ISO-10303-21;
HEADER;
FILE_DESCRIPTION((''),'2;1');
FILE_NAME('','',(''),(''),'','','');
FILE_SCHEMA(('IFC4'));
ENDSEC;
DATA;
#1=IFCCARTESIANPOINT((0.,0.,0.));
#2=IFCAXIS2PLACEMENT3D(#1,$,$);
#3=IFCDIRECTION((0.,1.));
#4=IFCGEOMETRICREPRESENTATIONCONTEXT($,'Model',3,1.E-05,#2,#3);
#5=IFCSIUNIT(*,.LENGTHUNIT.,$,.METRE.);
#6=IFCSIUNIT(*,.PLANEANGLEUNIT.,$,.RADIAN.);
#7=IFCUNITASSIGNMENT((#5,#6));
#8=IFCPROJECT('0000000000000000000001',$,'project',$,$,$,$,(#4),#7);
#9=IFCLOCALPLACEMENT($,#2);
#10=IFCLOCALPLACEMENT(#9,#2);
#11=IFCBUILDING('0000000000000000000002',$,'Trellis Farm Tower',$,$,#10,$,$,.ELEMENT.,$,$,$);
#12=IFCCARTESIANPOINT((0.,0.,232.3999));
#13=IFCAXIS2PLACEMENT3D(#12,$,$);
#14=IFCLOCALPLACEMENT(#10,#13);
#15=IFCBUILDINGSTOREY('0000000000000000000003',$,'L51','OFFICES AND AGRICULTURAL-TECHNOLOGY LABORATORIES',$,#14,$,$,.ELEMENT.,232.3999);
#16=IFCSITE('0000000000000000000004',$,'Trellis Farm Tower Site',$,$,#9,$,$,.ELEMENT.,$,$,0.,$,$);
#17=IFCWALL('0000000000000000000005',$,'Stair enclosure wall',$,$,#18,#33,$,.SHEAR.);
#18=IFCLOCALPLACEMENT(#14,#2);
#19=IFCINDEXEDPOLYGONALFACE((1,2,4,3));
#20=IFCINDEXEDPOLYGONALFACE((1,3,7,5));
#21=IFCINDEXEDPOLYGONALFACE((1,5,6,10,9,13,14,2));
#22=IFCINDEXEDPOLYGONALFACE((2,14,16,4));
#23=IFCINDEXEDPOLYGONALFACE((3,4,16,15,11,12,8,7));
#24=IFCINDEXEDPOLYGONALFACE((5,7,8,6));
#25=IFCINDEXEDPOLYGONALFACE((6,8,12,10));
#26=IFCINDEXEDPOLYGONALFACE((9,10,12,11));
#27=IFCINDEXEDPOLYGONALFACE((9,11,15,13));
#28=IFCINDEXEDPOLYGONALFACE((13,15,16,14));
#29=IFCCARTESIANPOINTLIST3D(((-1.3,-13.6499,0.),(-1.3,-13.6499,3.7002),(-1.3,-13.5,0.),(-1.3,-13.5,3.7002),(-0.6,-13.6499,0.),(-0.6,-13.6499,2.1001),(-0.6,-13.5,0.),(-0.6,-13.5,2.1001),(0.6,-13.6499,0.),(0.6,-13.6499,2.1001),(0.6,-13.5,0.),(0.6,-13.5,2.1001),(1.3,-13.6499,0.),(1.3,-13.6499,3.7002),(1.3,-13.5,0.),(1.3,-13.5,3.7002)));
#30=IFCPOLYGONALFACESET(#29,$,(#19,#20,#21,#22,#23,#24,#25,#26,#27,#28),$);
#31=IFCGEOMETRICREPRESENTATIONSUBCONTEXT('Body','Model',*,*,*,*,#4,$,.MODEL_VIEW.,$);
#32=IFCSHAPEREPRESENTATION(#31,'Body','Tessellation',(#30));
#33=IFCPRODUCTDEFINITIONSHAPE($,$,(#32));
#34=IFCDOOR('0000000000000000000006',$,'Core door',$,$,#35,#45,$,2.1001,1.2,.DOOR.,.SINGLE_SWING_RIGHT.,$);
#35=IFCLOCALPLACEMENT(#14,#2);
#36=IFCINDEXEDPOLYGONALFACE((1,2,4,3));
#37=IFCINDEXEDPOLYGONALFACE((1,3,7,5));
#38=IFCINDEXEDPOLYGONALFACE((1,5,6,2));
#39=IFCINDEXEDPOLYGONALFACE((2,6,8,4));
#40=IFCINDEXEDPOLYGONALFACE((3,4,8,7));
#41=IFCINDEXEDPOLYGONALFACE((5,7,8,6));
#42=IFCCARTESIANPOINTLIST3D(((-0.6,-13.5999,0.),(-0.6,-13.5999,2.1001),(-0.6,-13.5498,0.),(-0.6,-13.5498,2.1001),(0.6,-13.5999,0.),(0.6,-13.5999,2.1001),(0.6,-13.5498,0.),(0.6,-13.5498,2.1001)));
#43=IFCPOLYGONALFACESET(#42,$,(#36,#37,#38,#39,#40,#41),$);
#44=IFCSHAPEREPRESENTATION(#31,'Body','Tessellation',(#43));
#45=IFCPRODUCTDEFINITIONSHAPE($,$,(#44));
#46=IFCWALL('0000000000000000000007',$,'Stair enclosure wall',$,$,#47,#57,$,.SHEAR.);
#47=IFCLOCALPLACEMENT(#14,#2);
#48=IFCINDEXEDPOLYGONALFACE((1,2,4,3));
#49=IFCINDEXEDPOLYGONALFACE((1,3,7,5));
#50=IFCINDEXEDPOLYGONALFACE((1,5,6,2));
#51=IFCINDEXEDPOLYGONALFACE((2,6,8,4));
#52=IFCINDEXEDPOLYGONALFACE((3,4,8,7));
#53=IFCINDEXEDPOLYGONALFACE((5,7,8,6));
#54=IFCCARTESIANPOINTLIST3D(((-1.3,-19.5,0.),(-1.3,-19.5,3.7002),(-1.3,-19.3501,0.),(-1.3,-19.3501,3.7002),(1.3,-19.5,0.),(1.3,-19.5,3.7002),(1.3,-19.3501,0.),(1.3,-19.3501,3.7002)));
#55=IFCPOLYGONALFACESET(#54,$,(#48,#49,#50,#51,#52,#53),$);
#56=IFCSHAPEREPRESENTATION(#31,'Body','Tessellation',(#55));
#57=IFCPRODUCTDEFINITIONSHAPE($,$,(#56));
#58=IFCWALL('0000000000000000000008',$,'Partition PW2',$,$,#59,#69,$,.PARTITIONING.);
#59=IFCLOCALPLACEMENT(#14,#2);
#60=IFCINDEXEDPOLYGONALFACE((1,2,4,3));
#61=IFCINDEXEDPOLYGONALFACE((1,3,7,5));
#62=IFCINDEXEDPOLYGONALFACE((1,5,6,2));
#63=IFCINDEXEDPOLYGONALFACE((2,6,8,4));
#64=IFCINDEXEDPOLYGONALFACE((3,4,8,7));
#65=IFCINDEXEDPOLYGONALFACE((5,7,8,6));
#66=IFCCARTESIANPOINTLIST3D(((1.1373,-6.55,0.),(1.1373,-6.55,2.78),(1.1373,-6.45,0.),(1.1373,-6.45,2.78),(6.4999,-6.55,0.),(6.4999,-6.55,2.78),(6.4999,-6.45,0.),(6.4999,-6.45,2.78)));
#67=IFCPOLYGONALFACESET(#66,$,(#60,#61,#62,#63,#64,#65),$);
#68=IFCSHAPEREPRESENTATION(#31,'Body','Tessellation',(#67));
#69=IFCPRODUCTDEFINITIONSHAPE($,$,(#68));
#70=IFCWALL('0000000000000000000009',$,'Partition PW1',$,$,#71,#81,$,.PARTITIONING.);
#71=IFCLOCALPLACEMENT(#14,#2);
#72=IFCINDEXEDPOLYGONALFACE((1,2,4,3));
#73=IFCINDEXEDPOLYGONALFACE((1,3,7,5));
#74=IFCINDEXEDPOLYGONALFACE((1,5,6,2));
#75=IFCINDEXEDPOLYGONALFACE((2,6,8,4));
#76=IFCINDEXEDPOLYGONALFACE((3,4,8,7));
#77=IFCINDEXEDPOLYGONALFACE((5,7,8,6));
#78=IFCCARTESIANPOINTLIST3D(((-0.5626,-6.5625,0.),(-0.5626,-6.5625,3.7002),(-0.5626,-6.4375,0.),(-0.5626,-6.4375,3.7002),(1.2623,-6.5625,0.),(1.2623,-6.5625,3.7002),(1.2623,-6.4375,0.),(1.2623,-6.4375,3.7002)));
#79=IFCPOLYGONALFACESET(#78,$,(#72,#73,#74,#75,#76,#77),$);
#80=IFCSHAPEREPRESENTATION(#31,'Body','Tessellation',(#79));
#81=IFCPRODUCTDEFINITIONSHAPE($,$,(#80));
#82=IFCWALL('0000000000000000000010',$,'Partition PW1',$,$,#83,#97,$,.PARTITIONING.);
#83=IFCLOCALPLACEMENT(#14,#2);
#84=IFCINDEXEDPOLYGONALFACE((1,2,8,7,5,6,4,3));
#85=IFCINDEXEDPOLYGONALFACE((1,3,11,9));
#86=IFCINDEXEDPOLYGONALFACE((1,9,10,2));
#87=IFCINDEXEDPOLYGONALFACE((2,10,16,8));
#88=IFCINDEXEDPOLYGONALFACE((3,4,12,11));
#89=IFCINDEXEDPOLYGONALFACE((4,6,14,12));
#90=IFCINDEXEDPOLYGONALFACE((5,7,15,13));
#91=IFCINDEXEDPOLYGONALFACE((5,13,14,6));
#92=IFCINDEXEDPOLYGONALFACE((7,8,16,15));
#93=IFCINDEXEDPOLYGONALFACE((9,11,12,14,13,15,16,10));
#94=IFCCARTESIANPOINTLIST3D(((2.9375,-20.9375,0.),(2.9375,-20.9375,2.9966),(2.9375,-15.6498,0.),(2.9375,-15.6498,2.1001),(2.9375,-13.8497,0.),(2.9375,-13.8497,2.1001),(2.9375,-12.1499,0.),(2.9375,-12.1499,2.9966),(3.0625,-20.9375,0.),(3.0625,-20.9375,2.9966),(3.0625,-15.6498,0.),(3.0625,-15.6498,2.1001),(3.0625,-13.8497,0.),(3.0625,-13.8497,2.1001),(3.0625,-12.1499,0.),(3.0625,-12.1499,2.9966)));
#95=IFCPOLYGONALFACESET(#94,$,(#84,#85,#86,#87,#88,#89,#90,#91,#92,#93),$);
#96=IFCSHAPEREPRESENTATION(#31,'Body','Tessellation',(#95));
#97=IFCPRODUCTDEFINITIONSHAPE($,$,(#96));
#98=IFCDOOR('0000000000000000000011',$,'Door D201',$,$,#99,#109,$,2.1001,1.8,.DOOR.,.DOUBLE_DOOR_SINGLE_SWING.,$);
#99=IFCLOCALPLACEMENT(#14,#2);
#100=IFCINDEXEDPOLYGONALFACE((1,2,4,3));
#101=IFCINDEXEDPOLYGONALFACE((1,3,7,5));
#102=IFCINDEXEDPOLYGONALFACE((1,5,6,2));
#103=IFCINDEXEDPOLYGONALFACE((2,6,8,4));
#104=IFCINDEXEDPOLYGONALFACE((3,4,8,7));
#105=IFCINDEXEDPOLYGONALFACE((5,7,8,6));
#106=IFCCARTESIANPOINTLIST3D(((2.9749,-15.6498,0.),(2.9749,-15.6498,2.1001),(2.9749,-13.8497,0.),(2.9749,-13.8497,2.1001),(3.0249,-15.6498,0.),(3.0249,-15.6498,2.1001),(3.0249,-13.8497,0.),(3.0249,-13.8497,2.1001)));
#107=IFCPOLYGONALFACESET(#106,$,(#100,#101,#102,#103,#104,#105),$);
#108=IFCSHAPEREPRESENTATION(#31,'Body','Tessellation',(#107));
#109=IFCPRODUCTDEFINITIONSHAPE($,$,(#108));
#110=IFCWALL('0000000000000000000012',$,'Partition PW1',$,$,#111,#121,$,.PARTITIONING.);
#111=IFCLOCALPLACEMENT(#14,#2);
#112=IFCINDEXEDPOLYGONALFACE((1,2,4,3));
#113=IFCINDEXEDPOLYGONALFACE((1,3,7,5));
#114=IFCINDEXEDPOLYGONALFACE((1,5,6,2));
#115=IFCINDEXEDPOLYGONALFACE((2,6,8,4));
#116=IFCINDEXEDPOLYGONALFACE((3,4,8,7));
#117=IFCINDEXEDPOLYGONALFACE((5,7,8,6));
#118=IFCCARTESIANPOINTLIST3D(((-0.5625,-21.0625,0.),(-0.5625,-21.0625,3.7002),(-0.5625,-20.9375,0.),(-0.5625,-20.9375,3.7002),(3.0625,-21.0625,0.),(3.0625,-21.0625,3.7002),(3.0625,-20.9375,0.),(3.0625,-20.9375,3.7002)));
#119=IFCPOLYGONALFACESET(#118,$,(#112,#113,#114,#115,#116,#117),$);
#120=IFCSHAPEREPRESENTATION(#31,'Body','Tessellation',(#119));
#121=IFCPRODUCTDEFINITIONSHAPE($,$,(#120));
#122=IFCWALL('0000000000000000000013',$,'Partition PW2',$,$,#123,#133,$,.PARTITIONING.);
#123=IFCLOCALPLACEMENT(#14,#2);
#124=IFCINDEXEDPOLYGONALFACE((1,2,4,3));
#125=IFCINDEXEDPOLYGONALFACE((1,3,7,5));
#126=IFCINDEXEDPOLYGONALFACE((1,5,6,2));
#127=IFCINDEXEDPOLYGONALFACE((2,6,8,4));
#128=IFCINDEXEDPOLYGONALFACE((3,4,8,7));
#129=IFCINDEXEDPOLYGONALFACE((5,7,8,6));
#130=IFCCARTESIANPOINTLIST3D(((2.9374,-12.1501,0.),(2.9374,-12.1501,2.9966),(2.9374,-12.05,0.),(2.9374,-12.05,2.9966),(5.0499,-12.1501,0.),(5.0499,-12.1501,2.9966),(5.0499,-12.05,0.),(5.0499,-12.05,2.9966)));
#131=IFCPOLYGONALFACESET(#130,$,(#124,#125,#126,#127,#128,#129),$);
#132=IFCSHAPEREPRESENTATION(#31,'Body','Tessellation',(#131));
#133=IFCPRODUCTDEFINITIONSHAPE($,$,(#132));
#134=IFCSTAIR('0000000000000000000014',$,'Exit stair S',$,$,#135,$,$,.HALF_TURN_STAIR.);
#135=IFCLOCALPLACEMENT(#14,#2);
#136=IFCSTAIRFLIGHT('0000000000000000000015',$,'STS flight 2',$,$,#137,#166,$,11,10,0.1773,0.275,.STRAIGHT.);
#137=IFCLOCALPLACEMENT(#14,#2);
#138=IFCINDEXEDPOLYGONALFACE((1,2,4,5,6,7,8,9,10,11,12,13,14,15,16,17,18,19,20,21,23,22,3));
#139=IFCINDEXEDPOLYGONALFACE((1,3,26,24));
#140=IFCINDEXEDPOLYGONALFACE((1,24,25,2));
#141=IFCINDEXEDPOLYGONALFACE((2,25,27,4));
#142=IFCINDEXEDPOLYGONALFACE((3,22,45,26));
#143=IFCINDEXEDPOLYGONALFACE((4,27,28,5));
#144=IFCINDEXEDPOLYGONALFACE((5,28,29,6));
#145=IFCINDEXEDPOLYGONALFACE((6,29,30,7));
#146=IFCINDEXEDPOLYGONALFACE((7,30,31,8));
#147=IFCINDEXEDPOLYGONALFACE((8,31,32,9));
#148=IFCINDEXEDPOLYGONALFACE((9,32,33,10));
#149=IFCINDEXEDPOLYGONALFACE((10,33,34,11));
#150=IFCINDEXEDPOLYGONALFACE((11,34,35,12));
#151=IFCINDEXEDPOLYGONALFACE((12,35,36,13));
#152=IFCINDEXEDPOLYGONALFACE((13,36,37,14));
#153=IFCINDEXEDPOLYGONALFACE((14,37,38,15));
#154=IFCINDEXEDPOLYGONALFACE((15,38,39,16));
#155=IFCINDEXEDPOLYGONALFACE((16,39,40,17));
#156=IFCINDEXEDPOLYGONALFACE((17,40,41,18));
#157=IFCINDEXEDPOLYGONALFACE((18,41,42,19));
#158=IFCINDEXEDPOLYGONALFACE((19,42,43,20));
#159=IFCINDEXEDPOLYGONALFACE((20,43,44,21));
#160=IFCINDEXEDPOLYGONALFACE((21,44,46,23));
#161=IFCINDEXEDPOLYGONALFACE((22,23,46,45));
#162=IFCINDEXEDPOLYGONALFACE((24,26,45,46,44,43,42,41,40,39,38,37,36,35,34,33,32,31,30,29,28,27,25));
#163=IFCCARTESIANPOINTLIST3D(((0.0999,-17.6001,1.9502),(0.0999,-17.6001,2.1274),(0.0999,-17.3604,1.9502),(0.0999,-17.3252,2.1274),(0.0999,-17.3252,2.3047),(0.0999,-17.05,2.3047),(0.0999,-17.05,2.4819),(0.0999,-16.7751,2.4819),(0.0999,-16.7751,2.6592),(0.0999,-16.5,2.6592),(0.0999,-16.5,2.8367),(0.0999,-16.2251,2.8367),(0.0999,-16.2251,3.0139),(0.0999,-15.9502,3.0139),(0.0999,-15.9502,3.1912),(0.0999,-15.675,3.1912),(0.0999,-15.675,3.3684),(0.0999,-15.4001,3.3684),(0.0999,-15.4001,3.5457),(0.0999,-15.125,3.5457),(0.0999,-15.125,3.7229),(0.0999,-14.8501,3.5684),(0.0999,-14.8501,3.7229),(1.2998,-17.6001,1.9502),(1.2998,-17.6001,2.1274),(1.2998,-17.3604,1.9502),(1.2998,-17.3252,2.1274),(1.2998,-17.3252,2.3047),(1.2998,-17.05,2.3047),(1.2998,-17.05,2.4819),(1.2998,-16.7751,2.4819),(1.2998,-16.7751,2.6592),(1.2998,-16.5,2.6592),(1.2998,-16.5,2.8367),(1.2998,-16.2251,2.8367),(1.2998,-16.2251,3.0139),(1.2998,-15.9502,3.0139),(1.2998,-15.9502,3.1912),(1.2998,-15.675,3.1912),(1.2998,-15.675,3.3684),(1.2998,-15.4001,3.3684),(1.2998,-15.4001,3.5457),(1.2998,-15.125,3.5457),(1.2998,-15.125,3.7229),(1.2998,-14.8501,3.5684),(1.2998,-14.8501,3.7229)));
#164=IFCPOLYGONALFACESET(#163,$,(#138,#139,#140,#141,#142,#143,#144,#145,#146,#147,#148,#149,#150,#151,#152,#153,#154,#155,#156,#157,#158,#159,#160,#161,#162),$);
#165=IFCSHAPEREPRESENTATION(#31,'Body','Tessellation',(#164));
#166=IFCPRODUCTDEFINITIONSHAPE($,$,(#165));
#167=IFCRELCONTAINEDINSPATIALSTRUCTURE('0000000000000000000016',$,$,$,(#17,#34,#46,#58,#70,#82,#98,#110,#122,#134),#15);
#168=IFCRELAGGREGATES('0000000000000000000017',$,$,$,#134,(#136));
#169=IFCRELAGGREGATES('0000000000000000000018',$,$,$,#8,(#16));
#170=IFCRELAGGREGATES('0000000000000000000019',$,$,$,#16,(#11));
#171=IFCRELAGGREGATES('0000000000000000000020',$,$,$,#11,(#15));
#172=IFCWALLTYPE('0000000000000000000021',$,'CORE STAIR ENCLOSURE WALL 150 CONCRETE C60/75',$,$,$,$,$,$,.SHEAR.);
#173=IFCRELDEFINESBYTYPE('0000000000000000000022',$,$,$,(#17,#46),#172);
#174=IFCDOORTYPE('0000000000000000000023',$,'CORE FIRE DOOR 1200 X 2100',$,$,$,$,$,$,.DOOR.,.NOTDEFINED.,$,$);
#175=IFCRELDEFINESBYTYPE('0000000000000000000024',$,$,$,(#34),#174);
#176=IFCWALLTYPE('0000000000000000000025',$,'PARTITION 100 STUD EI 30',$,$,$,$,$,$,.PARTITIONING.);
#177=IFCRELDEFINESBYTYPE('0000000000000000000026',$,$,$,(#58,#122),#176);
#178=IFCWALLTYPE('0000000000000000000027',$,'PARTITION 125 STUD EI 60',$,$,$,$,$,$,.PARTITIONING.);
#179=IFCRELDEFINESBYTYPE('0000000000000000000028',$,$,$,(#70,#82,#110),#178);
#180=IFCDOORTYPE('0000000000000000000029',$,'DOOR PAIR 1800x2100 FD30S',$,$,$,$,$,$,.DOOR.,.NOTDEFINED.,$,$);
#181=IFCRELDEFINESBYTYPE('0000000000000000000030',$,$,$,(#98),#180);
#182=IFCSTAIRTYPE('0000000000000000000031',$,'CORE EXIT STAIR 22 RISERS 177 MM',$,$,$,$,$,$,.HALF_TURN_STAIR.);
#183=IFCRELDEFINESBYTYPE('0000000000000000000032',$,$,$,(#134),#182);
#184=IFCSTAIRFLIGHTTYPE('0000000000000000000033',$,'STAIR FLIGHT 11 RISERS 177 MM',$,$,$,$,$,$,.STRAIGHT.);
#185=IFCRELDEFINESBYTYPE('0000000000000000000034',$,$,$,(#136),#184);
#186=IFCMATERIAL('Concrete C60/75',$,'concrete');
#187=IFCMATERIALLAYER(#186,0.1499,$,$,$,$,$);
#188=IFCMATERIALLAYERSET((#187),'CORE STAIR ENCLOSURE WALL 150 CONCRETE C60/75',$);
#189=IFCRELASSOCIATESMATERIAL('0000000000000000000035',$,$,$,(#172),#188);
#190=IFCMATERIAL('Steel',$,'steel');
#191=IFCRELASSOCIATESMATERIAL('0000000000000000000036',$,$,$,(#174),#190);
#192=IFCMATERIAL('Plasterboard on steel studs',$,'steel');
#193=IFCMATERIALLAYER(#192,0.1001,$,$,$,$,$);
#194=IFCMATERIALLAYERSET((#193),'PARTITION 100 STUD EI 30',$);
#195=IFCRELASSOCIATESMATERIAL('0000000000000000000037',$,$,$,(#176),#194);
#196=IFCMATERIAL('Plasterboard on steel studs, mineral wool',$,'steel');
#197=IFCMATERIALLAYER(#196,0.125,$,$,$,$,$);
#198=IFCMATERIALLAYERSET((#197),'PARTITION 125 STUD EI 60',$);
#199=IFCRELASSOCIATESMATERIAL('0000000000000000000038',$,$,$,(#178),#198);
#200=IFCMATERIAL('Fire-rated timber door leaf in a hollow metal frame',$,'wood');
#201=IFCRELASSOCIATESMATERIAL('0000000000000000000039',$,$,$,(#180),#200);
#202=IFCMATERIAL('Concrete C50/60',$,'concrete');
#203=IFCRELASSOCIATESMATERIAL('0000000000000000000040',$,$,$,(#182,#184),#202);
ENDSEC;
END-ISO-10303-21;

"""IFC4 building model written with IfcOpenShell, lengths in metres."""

from ifc_helpers import new_model, si_unit, direction, frame, frame_2d, origin, place, context, subcontext, project, spatial, polyline, rectangle, outline, extrude, source, transform, mapped, material, layer, layer_set, type_object, element, fill, aggregate, save


model = new_model("IFC4")

# Units and contexts
model_context = context("Model", 3, precision=1e-05, world=origin(), true_north=direction((0.0, 1.0)))
body_context = subcontext(model_context, "Body", "Model", "MODEL_VIEW")
ifc_project = project(units=[si_unit("LENGTHUNIT", "METRE"), si_unit("PLANEANGLEUNIT", "RADIAN")], contexts=[model_context])

# Site, building, storey
site_placement = place(None, origin())
site = spatial("IfcSite", under=ifc_project, at=site_placement, Name="Trellis Farm Tower Site", CompositionType="ELEMENT", RefElevation=0.0)
building_placement = place(site_placement, origin())
building = spatial("IfcBuilding", under=site, at=building_placement, Name="Trellis Farm Tower", CompositionType="ELEMENT")
storey_placement = place(building_placement, frame((0.0, 0.0, 232.3999)))
storey = spatial("IfcBuildingStorey", under=building, at=storey_placement, Name="L51", Description="OFFICES AND AGRICULTURAL-TECHNOLOGY LABORATORIES", CompositionType="ELEMENT", Elevation=232.3999)

# Shared definitions
ifc_material_1 = material(Name="Concrete C60/75", Category="concrete")

# Shared definitions
placement = place(storey_placement, origin())

# Wall, opening, door
ifc_layer_1 = layer(ifc_material_1, 0.1499)
ifc_layer_set_1 = layer_set([ifc_layer_1], Name="CORE STAIR ENCLOSURE WALL 150 CONCRETE C60/75")
wall_type_1 = type_object("IfcWallType", Name="CORE STAIR ENCLOSURE WALL 150 CONCRETE C60/75", PredefinedType="SHEAR", material=ifc_layer_set_1)
shared_shape_1 = source(origin(), body_context, "Body", "SweptSolid", [
    extrude(rectangle(XDim=2.6001, YDim=0.1499, at=frame_2d((1.3, 0.0))), origin(), (0.0, 0.0, 1.0), 3.7002),
])
wall_1_placement = place(storey_placement, frame((1.3, -13.575, 0.0), z_axis=(0.0, 0.0, 1.0), x_axis=(-1.0, 0.0, 0.0)))
wall_1 = element("IfcWall", 1, at=wall_1_placement, inside=storey, type_object=wall_type_1, Name="Stair enclosure wall", PredefinedType="SHEAR", context=body_context, shape_type="MappedRepresentation", body=[
    mapped(shared_shape_1, transform((0.0, 0.0, 0.0))),
])
shared_shape_2 = source(origin(), body_context, "Body", "SweptSolid", [
    extrude(rectangle(XDim=1.2, YDim=2.1001, at=frame_2d((0.6001, 1.05))), frame((0.0, 0.085, 0.0), z_axis=(0.0, -1.0, 0.0), x_axis=(1.0, 0.0, 0.0)), (0.0, 0.0, 1.0), 0.1699),
])
opening_1_placement = place(wall_1_placement, frame((0.7, 0.0, 0.0)))
opening_1 = element("IfcOpeningElement", 2, at=opening_1_placement, cuts=wall_1, PredefinedType="OPENING", context=body_context, shape_type="MappedRepresentation", body=[
    mapped(shared_shape_2, transform((0.0, 0.0, 0.0))),
])
ifc_material_2 = material(Name="Steel", Category="steel")
door_type_1 = type_object("IfcDoorType", Name="CORE FIRE DOOR 1200 X 2100", OperationType="NOTDEFINED", PredefinedType="DOOR", material=ifc_material_2)
shared_shape_3 = source(origin(), body_context, "Body", "SweptSolid", [
    extrude(rectangle(XDim=1.2, YDim=2.1001, at=frame_2d((0.6001, 1.05))), frame((0.0, 0.0249, 0.0), z_axis=(0.0, -1.0, 0.0), x_axis=(1.0, 0.0, 0.0)), (0.0, 0.0, 1.0), 0.05),
])
door_1_placement = place(opening_1_placement, origin())
door_1 = element("IfcDoor", 3, at=door_1_placement, inside=storey, type_object=door_type_1, Name="Core door", OperationType="SINGLE_SWING_RIGHT", OverallHeight=2.1001, OverallWidth=1.2, PredefinedType="DOOR", context=body_context, shape_type="MappedRepresentation", body=[
    mapped(shared_shape_3, transform((0.0, 0.0, 0.0))),
])
fill(opening_1, door_1)

# Walls
wall_2_placement = place(storey_placement, frame((1.3, -19.425, 0.0), z_axis=(0.0, 0.0, 1.0), x_axis=(-1.0, 0.0, 0.0)))
element("IfcWall", 4, at=wall_2_placement, inside=storey, type_object=wall_type_1, Name="Stair enclosure wall", PredefinedType="SHEAR", context=body_context, shape_type="MappedRepresentation", body=[
    mapped(shared_shape_1, transform((0.0, 0.0, 0.0))),
])
ifc_material_3 = material(Name="Plasterboard on steel studs", Category="steel")
ifc_layer_2 = layer(ifc_material_3, 0.1001)
ifc_layer_set_2 = layer_set([ifc_layer_2], Name="PARTITION 100 STUD EI 30")
wall_type_2 = type_object("IfcWallType", Name="PARTITION 100 STUD EI 30", PredefinedType="PARTITIONING", material=ifc_layer_set_2)
shared_shape_4 = source(origin(), body_context, "Body", "SweptSolid", [
    extrude(rectangle(XDim=5.3625, YDim=0.1001, at=frame_2d((2.6812, 0.0))), origin(), (0.0, 0.0, 1.0), 2.78),
])
wall_3_placement = place(storey_placement, frame((1.1375, -6.5, 0.0), z_axis=(0.0, 0.0, 1.0), x_axis=(1.0, 0.0, 0.0)))
element("IfcWall", 5, at=wall_3_placement, inside=storey, type_object=wall_type_2, Name="Partition PW2", PredefinedType="PARTITIONING", context=body_context, shape_type="MappedRepresentation", body=[
    mapped(shared_shape_4, transform((0.0, 0.0, 0.0))),
])
ifc_material_4 = material(Name="Plasterboard on steel studs, mineral wool", Category="steel")
ifc_layer_3 = layer(ifc_material_4, 0.125)
ifc_layer_set_3 = layer_set([ifc_layer_3], Name="PARTITION 125 STUD EI 60")
wall_type_3 = type_object("IfcWallType", Name="PARTITION 125 STUD EI 60", PredefinedType="PARTITIONING", material=ifc_layer_set_3)
shared_shape_5 = source(origin(), body_context, "Body", "SweptSolid", [
    extrude(rectangle(XDim=1.825, YDim=0.125, at=frame_2d((0.9126, 0.0))), origin(), (0.0, 0.0, 1.0), 3.7002),
])
wall_4_placement = place(storey_placement, frame((1.2625, -6.5, 0.0), z_axis=(0.0, 0.0, 1.0), x_axis=(-1.0, 0.0, 0.0)))
element("IfcWall", 6, at=wall_4_placement, inside=storey, type_object=wall_type_3, Name="Partition PW1", PredefinedType="PARTITIONING", context=body_context, shape_type="MappedRepresentation", body=[
    mapped(shared_shape_5, transform((0.0, 0.0, 0.0))),
])

# Wall, opening, door
shared_shape_6 = source(origin(), body_context, "Body", "SweptSolid", [
    extrude(rectangle(XDim=8.7876, YDim=0.125, at=frame_2d((4.3938, 0.0))), origin(), (0.0, 0.0, 1.0), 2.9966),
])
wall_5_placement = place(storey_placement, frame((3.0, -12.1499, 0.0), z_axis=(0.0, 0.0, 1.0), x_axis=(0.0, -1.0, 0.0)))
wall_5 = element("IfcWall", 7, at=wall_5_placement, inside=storey, type_object=wall_type_3, Name="Partition PW1", PredefinedType="PARTITIONING", context=body_context, shape_type="MappedRepresentation", body=[
    mapped(shared_shape_6, transform((0.0, 0.0, 0.0))),
])
shared_shape_7 = source(origin(), body_context, "Body", "SweptSolid", [
    extrude(rectangle(XDim=1.8, YDim=2.1001, at=frame_2d((0.8999, 1.05))), frame((0.0, 0.0725, 0.0), z_axis=(0.0, -1.0, 0.0), x_axis=(1.0, 0.0, 0.0)), (0.0, 0.0, 1.0), 0.145),
])
opening_2_placement = place(wall_5_placement, frame((1.7, 0.0, 0.0)))
opening_2 = element("IfcOpeningElement", 8, at=opening_2_placement, cuts=wall_5, PredefinedType="OPENING", context=body_context, shape_type="MappedRepresentation", body=[
    mapped(shared_shape_7, transform((0.0, 0.0, 0.0))),
])
ifc_material_5 = material(Name="Fire-rated timber door leaf in a hollow metal frame", Category="wood")
door_type_2 = type_object("IfcDoorType", Name="DOOR PAIR 1800x2100 FD30S", OperationType="NOTDEFINED", PredefinedType="DOOR", material=ifc_material_5)
shared_shape_8 = source(origin(), body_context, "Body", "SweptSolid", [
    extrude(rectangle(XDim=1.8, YDim=2.1001, at=frame_2d((0.8999, 1.05))), frame((0.0, 0.0249, 0.0), z_axis=(0.0, -1.0, 0.0), x_axis=(1.0, 0.0, 0.0)), (0.0, 0.0, 1.0), 0.05),
])
door_2_placement = place(opening_2_placement, origin())
door_2 = element("IfcDoor", 9, at=door_2_placement, inside=storey, type_object=door_type_2, Name="Door D201", OperationType="DOUBLE_DOOR_SINGLE_SWING", OverallHeight=2.1001, OverallWidth=1.8, PredefinedType="DOOR", context=body_context, shape_type="MappedRepresentation", body=[
    mapped(shared_shape_8, transform((0.0, 0.0, 0.0))),
])
fill(opening_2, door_2)

# Walls
shared_shape_9 = source(origin(), body_context, "Body", "SweptSolid", [
    extrude(rectangle(XDim=3.625, YDim=0.125, at=frame_2d((1.8125, 0.0))), origin(), (0.0, 0.0, 1.0), 3.7002),
])
wall_6_placement = place(storey_placement, frame((3.0625, -21.0, 0.0), z_axis=(0.0, 0.0, 1.0), x_axis=(-1.0, 0.0, 0.0)))
element("IfcWall", 10, at=wall_6_placement, inside=storey, type_object=wall_type_3, Name="Partition PW1", PredefinedType="PARTITIONING", context=body_context, shape_type="MappedRepresentation", body=[
    mapped(shared_shape_9, transform((0.0, 0.0, 0.0))),
])
shared_shape_10 = source(origin(), body_context, "Body", "SweptSolid", [
    extrude(rectangle(XDim=2.1125, YDim=0.1001, at=frame_2d((1.0562, 0.0))), origin(), (0.0, 0.0, 1.0), 2.9966),
])
wall_7_placement = place(storey_placement, frame((2.9375, -12.1001, 0.0), z_axis=(0.0, 0.0, 1.0), x_axis=(1.0, 0.0, 0.0)))
element("IfcWall", 11, at=wall_7_placement, inside=storey, type_object=wall_type_2, Name="Partition PW2", PredefinedType="PARTITIONING", context=body_context, shape_type="MappedRepresentation", body=[
    mapped(shared_shape_10, transform((0.0, 0.0, 0.0))),
])

# Stair, stair flight
ifc_material_6 = material(Name="Concrete C50/60", Category="concrete")
stair_type = type_object("IfcStairType", Name="CORE EXIT STAIR 22 RISERS 177 MM", PredefinedType="HALF_TURN_STAIR", material=ifc_material_6)
stair = element("IfcStair", 12, at=placement, inside=storey, type_object=stair_type, Name="Exit stair S", PredefinedType="HALF_TURN_STAIR")
stair_flight_type = type_object("IfcStairFlightType", Name="STAIR FLIGHT 11 RISERS 177 MM", PredefinedType="STRAIGHT", material=ifc_material_6)
shared_shape_11 = source(origin(), body_context, "Body", "SweptSolid", [
    extrude(outline(polyline([(0.0, 0.0), (0.0, 0.1772), (0.2749, 0.1772), (0.2749, 0.3545), (0.55, 0.3545), (0.55, 0.5317), (0.825, 0.5317), (0.825, 0.709), (1.1001, 0.709), (1.1001, 0.8865), (1.375, 0.8865), (1.375, 1.0637), (1.6499, 1.0637), (1.6499, 1.241), (1.925, 1.241), (1.925, 1.4182), (2.2, 1.4182), (2.2, 1.5955), (2.4751, 1.5955), (2.4751, 1.7727), (2.75, 1.7727), (2.75, 1.95), (2.75, 1.6182), (0.2397, 0.0), (0.0, 0.0)])), frame((0.0, 0.6001, 0.0), z_axis=(0.0, -1.0, 0.0), x_axis=(1.0, 0.0, 0.0)), (0.0, 0.0, 1.0), 1.2),
])
stair_flight_placement = place(storey_placement, frame((0.7, -17.6001, 1.9502), z_axis=(0.0, 0.0, 1.0), x_axis=(0.0, 1.0, 0.0)))
stair_flight = element("IfcStairFlight", 13, at=stair_flight_placement, type_object=stair_flight_type, Name="STS flight 2", NumberOfRisers=11, NumberOfTreads=10, PredefinedType="STRAIGHT", RiserHeight=0.1773, TreadLength=0.275, context=body_context, shape_type="MappedRepresentation", body=[
    mapped(shared_shape_11, transform((0.0, 0.0, 0.0))),
])
aggregate(stair, [stair_flight])

save(model, "model.ifc")
